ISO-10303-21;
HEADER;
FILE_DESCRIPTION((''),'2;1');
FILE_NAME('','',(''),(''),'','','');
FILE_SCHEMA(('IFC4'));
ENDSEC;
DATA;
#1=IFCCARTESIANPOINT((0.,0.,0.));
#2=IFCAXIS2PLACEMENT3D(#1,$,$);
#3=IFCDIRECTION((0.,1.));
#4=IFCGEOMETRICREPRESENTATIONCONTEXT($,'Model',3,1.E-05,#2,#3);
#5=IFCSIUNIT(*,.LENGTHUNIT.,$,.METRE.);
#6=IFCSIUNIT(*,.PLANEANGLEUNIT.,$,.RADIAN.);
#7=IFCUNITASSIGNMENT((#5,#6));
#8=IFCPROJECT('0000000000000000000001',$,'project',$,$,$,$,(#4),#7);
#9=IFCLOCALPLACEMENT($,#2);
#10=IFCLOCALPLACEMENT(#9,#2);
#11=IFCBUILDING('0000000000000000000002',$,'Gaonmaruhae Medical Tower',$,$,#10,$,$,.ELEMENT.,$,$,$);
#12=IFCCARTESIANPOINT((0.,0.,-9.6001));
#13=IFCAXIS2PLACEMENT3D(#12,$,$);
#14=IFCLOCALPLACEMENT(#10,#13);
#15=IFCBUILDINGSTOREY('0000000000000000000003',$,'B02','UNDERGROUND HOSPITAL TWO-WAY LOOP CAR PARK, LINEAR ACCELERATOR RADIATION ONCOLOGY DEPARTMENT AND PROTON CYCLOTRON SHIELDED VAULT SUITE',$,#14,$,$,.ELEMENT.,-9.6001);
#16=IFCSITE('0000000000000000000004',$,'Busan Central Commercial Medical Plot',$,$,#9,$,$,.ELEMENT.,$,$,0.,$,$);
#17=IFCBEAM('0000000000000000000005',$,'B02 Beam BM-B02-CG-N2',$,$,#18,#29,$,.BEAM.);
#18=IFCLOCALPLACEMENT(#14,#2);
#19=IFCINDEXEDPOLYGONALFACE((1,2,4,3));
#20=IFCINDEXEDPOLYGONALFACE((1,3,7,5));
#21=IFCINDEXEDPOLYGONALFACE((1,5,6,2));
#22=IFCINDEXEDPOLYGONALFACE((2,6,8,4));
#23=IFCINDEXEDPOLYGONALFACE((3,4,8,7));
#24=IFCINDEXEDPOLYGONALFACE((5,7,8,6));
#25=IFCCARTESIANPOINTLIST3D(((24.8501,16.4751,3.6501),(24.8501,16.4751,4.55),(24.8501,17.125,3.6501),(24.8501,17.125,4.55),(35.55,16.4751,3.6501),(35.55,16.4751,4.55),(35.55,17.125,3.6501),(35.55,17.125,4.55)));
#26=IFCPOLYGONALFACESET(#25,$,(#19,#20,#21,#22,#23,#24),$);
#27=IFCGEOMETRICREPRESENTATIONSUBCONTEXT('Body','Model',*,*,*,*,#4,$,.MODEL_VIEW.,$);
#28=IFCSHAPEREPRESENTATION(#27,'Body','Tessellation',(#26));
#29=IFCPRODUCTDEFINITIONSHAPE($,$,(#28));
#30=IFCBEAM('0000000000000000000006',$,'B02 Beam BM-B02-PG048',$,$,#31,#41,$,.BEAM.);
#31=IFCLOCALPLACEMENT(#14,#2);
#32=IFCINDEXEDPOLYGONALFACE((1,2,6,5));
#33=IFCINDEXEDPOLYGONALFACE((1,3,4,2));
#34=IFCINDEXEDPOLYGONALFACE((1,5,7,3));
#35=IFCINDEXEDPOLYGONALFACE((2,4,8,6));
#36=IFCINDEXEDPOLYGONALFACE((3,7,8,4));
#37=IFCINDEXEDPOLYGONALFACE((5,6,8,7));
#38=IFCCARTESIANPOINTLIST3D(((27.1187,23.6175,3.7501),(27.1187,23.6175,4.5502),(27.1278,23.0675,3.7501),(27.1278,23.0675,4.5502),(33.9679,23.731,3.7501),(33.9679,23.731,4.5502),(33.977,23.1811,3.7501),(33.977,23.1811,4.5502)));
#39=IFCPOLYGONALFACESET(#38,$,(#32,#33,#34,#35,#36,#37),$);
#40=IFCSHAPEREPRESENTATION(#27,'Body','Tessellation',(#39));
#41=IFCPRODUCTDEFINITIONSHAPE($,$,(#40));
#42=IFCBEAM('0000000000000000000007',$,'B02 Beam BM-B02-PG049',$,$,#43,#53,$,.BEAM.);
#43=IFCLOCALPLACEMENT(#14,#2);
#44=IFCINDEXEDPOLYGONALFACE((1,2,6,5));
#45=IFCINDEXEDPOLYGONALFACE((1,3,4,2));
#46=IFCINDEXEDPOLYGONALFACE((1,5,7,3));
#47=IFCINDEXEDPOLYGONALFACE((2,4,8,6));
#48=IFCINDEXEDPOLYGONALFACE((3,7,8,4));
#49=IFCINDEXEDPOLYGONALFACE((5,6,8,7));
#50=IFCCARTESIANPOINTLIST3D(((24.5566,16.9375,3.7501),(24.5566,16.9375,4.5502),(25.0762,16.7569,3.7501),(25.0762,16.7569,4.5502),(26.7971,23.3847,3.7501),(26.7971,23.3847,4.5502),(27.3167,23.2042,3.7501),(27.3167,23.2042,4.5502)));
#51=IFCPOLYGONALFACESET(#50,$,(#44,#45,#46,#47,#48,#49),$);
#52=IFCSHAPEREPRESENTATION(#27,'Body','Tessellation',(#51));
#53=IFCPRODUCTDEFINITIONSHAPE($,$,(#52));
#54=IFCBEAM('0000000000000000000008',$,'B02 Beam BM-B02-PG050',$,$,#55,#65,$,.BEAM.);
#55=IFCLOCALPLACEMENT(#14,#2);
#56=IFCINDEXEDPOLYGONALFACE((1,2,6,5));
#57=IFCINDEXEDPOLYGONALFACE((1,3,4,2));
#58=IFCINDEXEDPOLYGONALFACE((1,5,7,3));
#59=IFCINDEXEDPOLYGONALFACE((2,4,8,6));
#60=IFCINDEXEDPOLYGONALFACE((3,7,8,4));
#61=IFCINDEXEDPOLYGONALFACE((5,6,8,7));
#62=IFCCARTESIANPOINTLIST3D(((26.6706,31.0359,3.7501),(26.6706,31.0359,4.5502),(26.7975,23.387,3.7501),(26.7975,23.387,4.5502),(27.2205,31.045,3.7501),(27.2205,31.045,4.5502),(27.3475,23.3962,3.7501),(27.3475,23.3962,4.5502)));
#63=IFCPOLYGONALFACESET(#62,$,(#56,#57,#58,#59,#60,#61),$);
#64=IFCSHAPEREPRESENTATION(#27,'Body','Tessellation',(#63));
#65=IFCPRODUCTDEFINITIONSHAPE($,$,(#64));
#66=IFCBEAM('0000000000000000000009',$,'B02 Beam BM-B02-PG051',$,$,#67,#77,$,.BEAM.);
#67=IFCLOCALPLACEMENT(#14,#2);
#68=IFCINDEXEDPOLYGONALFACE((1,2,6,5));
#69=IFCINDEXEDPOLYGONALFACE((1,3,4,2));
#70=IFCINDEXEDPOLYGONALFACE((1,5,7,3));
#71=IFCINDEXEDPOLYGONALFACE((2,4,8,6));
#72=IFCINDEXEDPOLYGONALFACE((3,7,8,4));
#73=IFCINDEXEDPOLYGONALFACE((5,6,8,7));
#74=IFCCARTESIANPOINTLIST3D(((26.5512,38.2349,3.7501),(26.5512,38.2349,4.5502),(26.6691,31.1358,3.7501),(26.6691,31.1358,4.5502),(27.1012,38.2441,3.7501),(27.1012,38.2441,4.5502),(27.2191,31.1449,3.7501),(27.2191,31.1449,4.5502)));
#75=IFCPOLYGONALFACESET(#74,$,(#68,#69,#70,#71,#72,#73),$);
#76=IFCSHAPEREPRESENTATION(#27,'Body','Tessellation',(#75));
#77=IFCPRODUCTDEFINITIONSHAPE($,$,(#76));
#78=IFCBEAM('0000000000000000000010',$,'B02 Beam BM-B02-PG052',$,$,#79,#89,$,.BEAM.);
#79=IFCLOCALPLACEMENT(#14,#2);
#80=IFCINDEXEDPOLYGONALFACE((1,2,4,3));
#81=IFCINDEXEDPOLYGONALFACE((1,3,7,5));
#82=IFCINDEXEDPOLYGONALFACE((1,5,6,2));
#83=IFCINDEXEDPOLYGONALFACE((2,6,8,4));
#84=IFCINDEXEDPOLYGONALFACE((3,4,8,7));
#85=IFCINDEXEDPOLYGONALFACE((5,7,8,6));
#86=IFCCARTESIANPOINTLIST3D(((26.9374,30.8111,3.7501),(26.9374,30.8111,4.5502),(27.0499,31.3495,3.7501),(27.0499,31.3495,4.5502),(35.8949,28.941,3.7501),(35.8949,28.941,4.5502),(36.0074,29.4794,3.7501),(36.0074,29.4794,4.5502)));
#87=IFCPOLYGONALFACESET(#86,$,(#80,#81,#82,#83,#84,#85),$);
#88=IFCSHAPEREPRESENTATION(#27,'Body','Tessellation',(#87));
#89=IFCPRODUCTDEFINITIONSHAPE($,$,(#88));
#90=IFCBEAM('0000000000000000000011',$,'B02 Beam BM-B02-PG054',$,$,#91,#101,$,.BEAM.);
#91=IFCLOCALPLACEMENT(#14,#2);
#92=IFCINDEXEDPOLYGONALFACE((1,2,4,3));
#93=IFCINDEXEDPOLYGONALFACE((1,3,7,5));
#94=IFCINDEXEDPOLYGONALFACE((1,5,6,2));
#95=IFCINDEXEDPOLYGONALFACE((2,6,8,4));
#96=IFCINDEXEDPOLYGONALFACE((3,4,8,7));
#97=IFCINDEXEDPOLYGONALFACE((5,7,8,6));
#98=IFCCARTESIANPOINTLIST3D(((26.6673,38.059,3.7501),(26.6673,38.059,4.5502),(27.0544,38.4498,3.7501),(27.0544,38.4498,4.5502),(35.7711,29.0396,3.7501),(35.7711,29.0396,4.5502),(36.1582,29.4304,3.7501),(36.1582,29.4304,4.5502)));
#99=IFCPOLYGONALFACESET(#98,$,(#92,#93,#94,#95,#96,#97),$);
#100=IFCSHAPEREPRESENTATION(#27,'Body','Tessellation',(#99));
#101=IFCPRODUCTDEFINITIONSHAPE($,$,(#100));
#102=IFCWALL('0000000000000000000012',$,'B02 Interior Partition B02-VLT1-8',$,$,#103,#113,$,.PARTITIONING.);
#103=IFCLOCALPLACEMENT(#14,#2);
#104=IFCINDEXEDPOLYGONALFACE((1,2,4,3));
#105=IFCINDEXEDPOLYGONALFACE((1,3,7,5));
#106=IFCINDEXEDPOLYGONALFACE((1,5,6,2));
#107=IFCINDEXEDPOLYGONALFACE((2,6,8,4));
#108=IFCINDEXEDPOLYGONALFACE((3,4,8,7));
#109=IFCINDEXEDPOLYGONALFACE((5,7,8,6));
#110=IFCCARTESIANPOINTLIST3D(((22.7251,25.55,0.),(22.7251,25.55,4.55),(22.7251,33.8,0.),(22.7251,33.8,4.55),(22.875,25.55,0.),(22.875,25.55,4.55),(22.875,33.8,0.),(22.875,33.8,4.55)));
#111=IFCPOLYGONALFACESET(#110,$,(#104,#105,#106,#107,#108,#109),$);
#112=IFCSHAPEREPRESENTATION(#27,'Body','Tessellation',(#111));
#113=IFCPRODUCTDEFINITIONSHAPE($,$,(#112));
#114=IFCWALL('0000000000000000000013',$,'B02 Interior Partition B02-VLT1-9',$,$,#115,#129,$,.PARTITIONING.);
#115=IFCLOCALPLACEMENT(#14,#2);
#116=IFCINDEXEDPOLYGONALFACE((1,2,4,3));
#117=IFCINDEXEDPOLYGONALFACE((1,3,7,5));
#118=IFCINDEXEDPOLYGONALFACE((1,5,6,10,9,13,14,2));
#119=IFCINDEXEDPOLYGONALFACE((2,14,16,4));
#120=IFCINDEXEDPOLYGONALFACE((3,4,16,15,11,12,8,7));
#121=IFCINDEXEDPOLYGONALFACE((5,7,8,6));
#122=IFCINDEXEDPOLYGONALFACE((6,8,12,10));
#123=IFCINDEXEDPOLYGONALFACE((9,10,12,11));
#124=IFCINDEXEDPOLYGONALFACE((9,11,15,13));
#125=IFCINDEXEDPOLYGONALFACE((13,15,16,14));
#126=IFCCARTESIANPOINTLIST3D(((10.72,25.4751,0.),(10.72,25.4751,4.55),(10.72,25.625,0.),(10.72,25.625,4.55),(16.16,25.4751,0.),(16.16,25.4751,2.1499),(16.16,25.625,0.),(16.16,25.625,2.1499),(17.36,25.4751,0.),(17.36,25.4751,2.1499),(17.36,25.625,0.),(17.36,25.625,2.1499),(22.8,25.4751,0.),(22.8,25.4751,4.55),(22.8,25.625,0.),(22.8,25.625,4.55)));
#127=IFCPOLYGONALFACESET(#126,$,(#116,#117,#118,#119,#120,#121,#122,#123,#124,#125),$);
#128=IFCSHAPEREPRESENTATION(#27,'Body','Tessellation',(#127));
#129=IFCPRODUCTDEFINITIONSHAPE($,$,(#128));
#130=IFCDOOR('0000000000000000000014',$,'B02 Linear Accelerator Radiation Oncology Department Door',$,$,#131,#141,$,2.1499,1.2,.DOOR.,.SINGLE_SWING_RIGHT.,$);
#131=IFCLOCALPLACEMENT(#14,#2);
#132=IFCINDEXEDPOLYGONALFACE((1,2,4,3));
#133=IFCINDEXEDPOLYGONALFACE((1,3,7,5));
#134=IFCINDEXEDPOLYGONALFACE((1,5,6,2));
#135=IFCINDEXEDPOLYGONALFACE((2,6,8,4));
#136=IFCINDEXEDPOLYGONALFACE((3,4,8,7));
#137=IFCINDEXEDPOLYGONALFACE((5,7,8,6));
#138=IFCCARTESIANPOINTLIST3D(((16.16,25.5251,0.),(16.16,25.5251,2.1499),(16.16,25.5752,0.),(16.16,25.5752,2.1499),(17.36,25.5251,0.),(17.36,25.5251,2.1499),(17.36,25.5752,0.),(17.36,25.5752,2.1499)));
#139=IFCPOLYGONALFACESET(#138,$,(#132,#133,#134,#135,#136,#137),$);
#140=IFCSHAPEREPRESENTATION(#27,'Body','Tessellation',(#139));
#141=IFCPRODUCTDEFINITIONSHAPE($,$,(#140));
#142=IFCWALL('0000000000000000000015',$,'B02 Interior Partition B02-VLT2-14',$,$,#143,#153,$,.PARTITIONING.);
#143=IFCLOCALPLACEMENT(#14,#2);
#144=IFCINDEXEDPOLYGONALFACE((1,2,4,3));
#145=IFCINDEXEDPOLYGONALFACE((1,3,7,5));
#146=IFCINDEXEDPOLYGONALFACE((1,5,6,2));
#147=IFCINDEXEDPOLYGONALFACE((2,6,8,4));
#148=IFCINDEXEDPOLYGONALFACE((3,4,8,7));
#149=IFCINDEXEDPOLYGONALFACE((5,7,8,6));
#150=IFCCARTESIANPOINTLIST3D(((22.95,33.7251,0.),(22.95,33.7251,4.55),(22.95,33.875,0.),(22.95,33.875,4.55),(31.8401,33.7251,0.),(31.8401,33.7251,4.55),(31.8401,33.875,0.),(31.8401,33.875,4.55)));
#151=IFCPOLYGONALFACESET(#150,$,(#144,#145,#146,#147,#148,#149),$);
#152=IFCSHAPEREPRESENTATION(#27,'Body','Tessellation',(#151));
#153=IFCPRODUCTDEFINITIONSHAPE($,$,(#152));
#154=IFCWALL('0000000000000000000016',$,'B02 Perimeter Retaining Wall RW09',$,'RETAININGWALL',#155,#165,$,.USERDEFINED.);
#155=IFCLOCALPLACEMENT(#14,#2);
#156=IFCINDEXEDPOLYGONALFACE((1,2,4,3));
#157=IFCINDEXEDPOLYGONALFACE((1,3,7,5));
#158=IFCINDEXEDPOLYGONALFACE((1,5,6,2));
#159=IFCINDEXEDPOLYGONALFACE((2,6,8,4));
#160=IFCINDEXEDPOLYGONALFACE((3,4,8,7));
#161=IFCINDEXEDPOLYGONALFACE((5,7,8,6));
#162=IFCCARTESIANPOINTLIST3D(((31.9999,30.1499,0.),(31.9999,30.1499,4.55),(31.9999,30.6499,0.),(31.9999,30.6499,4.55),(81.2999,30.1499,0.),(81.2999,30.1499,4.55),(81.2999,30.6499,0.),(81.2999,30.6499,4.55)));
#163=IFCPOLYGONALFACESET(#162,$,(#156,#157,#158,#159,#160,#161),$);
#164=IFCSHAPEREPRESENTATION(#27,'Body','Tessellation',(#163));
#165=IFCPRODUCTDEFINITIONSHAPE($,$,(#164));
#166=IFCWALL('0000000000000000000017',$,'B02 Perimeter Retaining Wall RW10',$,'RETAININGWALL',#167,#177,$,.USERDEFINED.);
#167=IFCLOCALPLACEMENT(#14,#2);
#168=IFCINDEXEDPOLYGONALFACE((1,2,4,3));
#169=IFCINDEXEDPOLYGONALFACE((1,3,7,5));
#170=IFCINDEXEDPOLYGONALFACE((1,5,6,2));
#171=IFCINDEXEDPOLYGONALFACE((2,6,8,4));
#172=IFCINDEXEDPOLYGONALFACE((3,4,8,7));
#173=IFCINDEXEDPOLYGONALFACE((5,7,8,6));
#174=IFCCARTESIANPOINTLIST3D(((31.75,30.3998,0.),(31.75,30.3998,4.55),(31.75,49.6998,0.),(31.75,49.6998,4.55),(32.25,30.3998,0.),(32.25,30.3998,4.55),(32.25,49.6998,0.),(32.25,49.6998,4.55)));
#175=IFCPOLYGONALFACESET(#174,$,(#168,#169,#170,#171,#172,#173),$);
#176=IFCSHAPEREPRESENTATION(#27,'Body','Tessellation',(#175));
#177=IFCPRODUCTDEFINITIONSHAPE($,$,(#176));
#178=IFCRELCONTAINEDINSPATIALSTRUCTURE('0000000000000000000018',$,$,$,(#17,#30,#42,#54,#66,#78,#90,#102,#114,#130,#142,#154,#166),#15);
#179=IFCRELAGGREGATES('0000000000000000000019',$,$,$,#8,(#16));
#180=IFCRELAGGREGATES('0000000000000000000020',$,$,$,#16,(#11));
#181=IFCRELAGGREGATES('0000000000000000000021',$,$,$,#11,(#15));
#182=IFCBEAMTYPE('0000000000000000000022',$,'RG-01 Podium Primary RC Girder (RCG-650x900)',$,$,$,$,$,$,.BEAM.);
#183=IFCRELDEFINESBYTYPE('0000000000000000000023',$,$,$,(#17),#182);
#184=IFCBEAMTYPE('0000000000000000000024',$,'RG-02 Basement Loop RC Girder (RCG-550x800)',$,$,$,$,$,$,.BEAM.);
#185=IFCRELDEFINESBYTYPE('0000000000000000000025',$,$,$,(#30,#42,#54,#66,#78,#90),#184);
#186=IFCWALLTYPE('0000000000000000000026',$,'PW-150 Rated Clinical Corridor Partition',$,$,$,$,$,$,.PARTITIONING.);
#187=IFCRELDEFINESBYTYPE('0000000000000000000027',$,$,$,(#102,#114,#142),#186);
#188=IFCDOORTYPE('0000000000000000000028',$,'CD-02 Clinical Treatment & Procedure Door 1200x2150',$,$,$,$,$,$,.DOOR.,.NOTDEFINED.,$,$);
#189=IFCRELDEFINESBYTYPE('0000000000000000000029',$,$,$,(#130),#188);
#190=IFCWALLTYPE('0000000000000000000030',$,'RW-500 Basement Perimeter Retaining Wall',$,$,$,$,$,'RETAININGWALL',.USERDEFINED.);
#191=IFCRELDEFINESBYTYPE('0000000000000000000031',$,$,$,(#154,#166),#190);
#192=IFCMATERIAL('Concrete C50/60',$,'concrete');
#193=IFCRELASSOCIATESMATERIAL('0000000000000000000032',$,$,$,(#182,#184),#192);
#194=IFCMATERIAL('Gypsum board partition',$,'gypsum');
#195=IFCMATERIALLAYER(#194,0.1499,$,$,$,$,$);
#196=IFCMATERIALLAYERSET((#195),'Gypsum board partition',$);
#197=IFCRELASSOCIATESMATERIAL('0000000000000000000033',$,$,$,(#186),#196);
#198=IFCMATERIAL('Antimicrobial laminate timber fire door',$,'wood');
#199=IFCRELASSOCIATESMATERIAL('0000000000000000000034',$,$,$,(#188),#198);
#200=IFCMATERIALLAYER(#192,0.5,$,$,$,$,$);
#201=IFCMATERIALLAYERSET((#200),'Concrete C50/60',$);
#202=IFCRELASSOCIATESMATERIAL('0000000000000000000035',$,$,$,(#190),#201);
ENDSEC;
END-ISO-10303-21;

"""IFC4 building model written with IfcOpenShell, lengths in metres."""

from ifc_helpers import new_model, si_unit, direction, frame, frame_2d, origin, origin_2d, place, context, subcontext, project, spatial, rectangle, extrude, material, layer, layer_set, material_profile, profile_set, type_object, element, fill, save


model = new_model("IFC4")

# Units and contexts
model_context = context("Model", 3, precision=1e-05, world=origin(), true_north=direction((0.0, 1.0)))
body_context = subcontext(model_context, "Body", "Model", "MODEL_VIEW")
ifc_project = project(units=[si_unit("LENGTHUNIT", "METRE"), si_unit("PLANEANGLEUNIT", "RADIAN")], contexts=[model_context])

# Site, building, storey
site_placement = place(None, origin())
site = spatial("IfcSite", under=ifc_project, at=site_placement, Name="Busan Central Commercial Medical Plot", CompositionType="ELEMENT", RefElevation=0.0)
building_placement = place(site_placement, origin())
building = spatial("IfcBuilding", under=site, at=building_placement, Name="Gaonmaruhae Medical Tower", CompositionType="ELEMENT")
storey_placement = place(building_placement, frame((0.0, 0.0, -9.6001)))
storey = spatial("IfcBuildingStorey", under=building, at=storey_placement, Name="B02", Description="UNDERGROUND HOSPITAL TWO-WAY LOOP CAR PARK, LINEAR ACCELERATOR RADIATION ONCOLOGY DEPARTMENT AND PROTON CYCLOTRON SHIELDED VAULT SUITE", CompositionType="ELEMENT", Elevation=-9.6001)

# Shared definitions
ifc_material_1 = material(Name="Concrete C50/60", Category="concrete")

# Beams
ifc_material_profile_1 = material_profile(ifc_material_1, rectangle(XDim=0.6499, YDim=0.8999, at=origin_2d()), Name="RCG-650x900")
ifc_profile_set_1 = profile_set([ifc_material_profile_1], Name="Concrete C50/60")
beam_type_1 = type_object("IfcBeamType", Name="RG-01 Podium Primary RC Girder (RCG-650x900)", PredefinedType="BEAM", material=ifc_profile_set_1)
beam_1_placement = place(storey_placement, frame((24.8501, 16.8, 4.1001), z_axis=(1.0, 0.0, 0.0), x_axis=(0.0, 1.0, 0.0)))
element("IfcBeam", 1, at=beam_1_placement, inside=storey, type_object=beam_type_1, Name="B02 Beam BM-B02-CG-N2", PredefinedType="BEAM", context=body_context, shape_type="SweptSolid", body=[
    extrude(rectangle(XDim=0.6499, YDim=0.8999, at=origin_2d()), origin(), (0.0, 0.0, 1.0), 10.7),
])
ifc_material_profile_2 = material_profile(ifc_material_1, rectangle(XDim=0.55, YDim=0.8, at=origin_2d()), Name="RCG-550x800")
ifc_profile_set_2 = profile_set([ifc_material_profile_2], Name="Concrete C50/60")
beam_type_2 = type_object("IfcBeamType", Name="RG-02 Basement Loop RC Girder (RCG-550x800)", PredefinedType="BEAM", material=ifc_profile_set_2)
beam_2_placement = place(storey_placement, frame((33.9724, 23.4561, 4.1501), z_axis=(-0.999863, -0.016573, 0.0), x_axis=(0.016573, -0.999863, 0.0)))
element("IfcBeam", 2, at=beam_2_placement, inside=storey, type_object=beam_type_2, Name="B02 Beam BM-B02-PG048", PredefinedType="BEAM", context=body_context, shape_type="SweptSolid", body=[
    extrude(rectangle(XDim=0.55, YDim=0.8, at=origin_2d()), origin(), (0.0, 0.0, 1.0), 6.8501),
])
beam_3_placement = place(storey_placement, frame((27.0569, 23.2944, 4.1501), z_axis=(-0.328253, -0.94459, 0.0), x_axis=(0.94459, -0.328253, 0.0)))
element("IfcBeam", 3, at=beam_3_placement, inside=storey, type_object=beam_type_2, Name="B02 Beam BM-B02-PG049", PredefinedType="BEAM", context=body_context, shape_type="SweptSolid", body=[
    extrude(rectangle(XDim=0.55, YDim=0.8, at=origin_2d()), origin(), (0.0, 0.0, 1.0), 6.8254),
])
beam_4_placement = place(storey_placement, frame((27.0725, 23.3916, 4.1501), z_axis=(-0.016595, 0.999862, 0.0), x_axis=(-0.999862, -0.016595, 0.0)))
element("IfcBeam", 4, at=beam_4_placement, inside=storey, type_object=beam_type_2, Name="B02 Beam BM-B02-PG050", PredefinedType="BEAM", context=body_context, shape_type="SweptSolid", body=[
    extrude(rectangle(XDim=0.55, YDim=0.8, at=origin_2d()), origin(), (0.0, 0.0, 1.0), 7.6499),
])
beam_5_placement = place(storey_placement, frame((26.9441, 31.1404, 4.1501), z_axis=(-0.016608, 0.999862, 0.0), x_axis=(-0.999862, -0.016608, 0.0)))
element("IfcBeam", 5, at=beam_5_placement, inside=storey, type_object=beam_type_2, Name="B02 Beam BM-B02-PG051", PredefinedType="BEAM", context=body_context, shape_type="SweptSolid", body=[
    extrude(rectangle(XDim=0.55, YDim=0.8, at=origin_2d()), origin(), (0.0, 0.0, 1.0), 7.1001),
])
beam_6_placement = place(storey_placement, frame((26.9937, 31.0803, 4.1501), z_axis=(0.978894, -0.20437, 0.0), x_axis=(0.20437, 0.978894, 0.0)))
element("IfcBeam", 6, at=beam_6_placement, inside=storey, type_object=beam_type_2, Name="B02 Beam BM-B02-PG052", PredefinedType="BEAM", context=body_context, shape_type="SweptSolid", body=[
    extrude(rectangle(XDim=0.55, YDim=0.8, at=origin_2d()), origin(), (0.0, 0.0, 1.0), 9.1506),
])
beam_7_placement = place(storey_placement, frame((26.8608, 38.2544, 4.1501), z_axis=(0.710395, -0.703803, 0.0), x_axis=(0.703803, 0.710395, 0.0)))
element("IfcBeam", 7, at=beam_7_placement, inside=storey, type_object=beam_type_2, Name="B02 Beam BM-B02-PG054", PredefinedType="BEAM", context=body_context, shape_type="SweptSolid", body=[
    extrude(rectangle(XDim=0.55, YDim=0.8, at=origin_2d()), origin(), (0.0, 0.0, 1.0), 12.8152),
])

# Wall
ifc_material_2 = material(Name="Gypsum board partition", Category="gypsum")
ifc_layer_1 = layer(ifc_material_2, 0.1499)
ifc_layer_set_1 = layer_set([ifc_layer_1], Name="Gypsum board partition")
wall_type_1 = type_object("IfcWallType", Name="PW-150 Rated Clinical Corridor Partition", PredefinedType="PARTITIONING", material=ifc_layer_set_1)
wall_1_placement = place(storey_placement, frame((22.8, 33.8, 0.0), z_axis=(0.0, 0.0, 1.0), x_axis=(0.0, -1.0, 0.0)))
element("IfcWall", 8, at=wall_1_placement, inside=storey, type_object=wall_type_1, Name="B02 Interior Partition B02-VLT1-8", PredefinedType="PARTITIONING", context=body_context, shape_type="SweptSolid", body=[
    extrude(rectangle(XDim=8.25, YDim=0.1499, at=frame_2d((4.125, 0.0))), origin(), (0.0, 0.0, 1.0), 4.55),
])

# Wall, opening, door
wall_2_placement = place(storey_placement, frame((22.8, 25.55, 0.0), z_axis=(0.0, 0.0, 1.0), x_axis=(-1.0, 0.0, 0.0)))
wall_2 = element("IfcWall", 9, at=wall_2_placement, inside=storey, type_object=wall_type_1, Name="B02 Interior Partition B02-VLT1-9", PredefinedType="PARTITIONING", context=body_context, shape_type="SweptSolid", body=[
    extrude(rectangle(XDim=12.0801, YDim=0.1499, at=frame_2d((6.04, 0.0))), origin(), (0.0, 0.0, 1.0), 4.55),
])
opening_placement = place(wall_2_placement, frame((5.4399, 0.0, 0.0)))
opening = element("IfcOpeningElement", 10, at=opening_placement, cuts=wall_2, PredefinedType="OPENING", context=body_context, shape_type="SweptSolid", body=[
    extrude(rectangle(XDim=1.2, YDim=2.1499, at=frame_2d((0.6001, 1.075))), frame((0.0, 0.085, 0.0), z_axis=(0.0, -1.0, 0.0), x_axis=(1.0, 0.0, 0.0)), (0.0, 0.0, 1.0), 0.1699),
])
ifc_material_3 = material(Name="Antimicrobial laminate timber fire door", Category="wood")
door_type = type_object("IfcDoorType", Name="CD-02 Clinical Treatment & Procedure Door 1200x2150", OperationType="NOTDEFINED", PredefinedType="DOOR", material=ifc_material_3)
door_placement = place(opening_placement, origin())
door = element("IfcDoor", 11, at=door_placement, inside=storey, type_object=door_type, Name="B02 Linear Accelerator Radiation Oncology Department Door", OperationType="SINGLE_SWING_RIGHT", OverallHeight=2.1499, OverallWidth=1.2, PredefinedType="DOOR", context=body_context, shape_type="SweptSolid", body=[
    extrude(rectangle(XDim=1.2, YDim=2.1499, at=frame_2d((0.6001, 1.075))), frame((0.0, 0.0249, 0.0), z_axis=(0.0, -1.0, 0.0), x_axis=(1.0, 0.0, 0.0)), (0.0, 0.0, 1.0), 0.05),
])
fill(opening, door)

# Walls
wall_3_placement = place(storey_placement, frame((22.95, 33.8, 0.0), z_axis=(0.0, 0.0, 1.0), x_axis=(1.0, 0.0, 0.0)))
element("IfcWall", 12, at=wall_3_placement, inside=storey, type_object=wall_type_1, Name="B02 Interior Partition B02-VLT2-14", PredefinedType="PARTITIONING", context=body_context, shape_type="SweptSolid", body=[
    extrude(rectangle(XDim=8.8901, YDim=0.1499, at=frame_2d((4.4451, 0.0))), origin(), (0.0, 0.0, 1.0), 4.55),
])
ifc_layer_2 = layer(ifc_material_1, 0.5)
ifc_layer_set_2 = layer_set([ifc_layer_2], Name="Concrete C50/60")
wall_type_2 = type_object("IfcWallType", Name="RW-500 Basement Perimeter Retaining Wall", ElementType="RETAININGWALL", PredefinedType="USERDEFINED", material=ifc_layer_set_2)
wall_4_placement = place(storey_placement, frame((32.0, 30.3999, 0.0), z_axis=(0.0, 0.0, 1.0), x_axis=(1.0, 0.0, 0.0)))
element("IfcWall", 13, at=wall_4_placement, inside=storey, type_object=wall_type_2, Name="B02 Perimeter Retaining Wall RW09", ObjectType="RETAININGWALL", PredefinedType="USERDEFINED", context=body_context, shape_type="SweptSolid", body=[
    extrude(rectangle(XDim=49.3, YDim=0.5, at=frame_2d((24.6499, 0.0))), origin(), (0.0, 0.0, 1.0), 4.55),
])
wall_5_placement = place(storey_placement, frame((32.0, 30.3999, 0.0), z_axis=(0.0, 0.0, 1.0), x_axis=(0.0, 1.0, 0.0)))
element("IfcWall", 14, at=wall_5_placement, inside=storey, type_object=wall_type_2, Name="B02 Perimeter Retaining Wall RW10", ObjectType="RETAININGWALL", PredefinedType="USERDEFINED", context=body_context, shape_type="SweptSolid", body=[
    extrude(rectangle(XDim=19.3, YDim=0.5, at=frame_2d((9.6499, 0.0))), origin(), (0.0, 0.0, 1.0), 4.55),
])

save(model, "model.ifc")
